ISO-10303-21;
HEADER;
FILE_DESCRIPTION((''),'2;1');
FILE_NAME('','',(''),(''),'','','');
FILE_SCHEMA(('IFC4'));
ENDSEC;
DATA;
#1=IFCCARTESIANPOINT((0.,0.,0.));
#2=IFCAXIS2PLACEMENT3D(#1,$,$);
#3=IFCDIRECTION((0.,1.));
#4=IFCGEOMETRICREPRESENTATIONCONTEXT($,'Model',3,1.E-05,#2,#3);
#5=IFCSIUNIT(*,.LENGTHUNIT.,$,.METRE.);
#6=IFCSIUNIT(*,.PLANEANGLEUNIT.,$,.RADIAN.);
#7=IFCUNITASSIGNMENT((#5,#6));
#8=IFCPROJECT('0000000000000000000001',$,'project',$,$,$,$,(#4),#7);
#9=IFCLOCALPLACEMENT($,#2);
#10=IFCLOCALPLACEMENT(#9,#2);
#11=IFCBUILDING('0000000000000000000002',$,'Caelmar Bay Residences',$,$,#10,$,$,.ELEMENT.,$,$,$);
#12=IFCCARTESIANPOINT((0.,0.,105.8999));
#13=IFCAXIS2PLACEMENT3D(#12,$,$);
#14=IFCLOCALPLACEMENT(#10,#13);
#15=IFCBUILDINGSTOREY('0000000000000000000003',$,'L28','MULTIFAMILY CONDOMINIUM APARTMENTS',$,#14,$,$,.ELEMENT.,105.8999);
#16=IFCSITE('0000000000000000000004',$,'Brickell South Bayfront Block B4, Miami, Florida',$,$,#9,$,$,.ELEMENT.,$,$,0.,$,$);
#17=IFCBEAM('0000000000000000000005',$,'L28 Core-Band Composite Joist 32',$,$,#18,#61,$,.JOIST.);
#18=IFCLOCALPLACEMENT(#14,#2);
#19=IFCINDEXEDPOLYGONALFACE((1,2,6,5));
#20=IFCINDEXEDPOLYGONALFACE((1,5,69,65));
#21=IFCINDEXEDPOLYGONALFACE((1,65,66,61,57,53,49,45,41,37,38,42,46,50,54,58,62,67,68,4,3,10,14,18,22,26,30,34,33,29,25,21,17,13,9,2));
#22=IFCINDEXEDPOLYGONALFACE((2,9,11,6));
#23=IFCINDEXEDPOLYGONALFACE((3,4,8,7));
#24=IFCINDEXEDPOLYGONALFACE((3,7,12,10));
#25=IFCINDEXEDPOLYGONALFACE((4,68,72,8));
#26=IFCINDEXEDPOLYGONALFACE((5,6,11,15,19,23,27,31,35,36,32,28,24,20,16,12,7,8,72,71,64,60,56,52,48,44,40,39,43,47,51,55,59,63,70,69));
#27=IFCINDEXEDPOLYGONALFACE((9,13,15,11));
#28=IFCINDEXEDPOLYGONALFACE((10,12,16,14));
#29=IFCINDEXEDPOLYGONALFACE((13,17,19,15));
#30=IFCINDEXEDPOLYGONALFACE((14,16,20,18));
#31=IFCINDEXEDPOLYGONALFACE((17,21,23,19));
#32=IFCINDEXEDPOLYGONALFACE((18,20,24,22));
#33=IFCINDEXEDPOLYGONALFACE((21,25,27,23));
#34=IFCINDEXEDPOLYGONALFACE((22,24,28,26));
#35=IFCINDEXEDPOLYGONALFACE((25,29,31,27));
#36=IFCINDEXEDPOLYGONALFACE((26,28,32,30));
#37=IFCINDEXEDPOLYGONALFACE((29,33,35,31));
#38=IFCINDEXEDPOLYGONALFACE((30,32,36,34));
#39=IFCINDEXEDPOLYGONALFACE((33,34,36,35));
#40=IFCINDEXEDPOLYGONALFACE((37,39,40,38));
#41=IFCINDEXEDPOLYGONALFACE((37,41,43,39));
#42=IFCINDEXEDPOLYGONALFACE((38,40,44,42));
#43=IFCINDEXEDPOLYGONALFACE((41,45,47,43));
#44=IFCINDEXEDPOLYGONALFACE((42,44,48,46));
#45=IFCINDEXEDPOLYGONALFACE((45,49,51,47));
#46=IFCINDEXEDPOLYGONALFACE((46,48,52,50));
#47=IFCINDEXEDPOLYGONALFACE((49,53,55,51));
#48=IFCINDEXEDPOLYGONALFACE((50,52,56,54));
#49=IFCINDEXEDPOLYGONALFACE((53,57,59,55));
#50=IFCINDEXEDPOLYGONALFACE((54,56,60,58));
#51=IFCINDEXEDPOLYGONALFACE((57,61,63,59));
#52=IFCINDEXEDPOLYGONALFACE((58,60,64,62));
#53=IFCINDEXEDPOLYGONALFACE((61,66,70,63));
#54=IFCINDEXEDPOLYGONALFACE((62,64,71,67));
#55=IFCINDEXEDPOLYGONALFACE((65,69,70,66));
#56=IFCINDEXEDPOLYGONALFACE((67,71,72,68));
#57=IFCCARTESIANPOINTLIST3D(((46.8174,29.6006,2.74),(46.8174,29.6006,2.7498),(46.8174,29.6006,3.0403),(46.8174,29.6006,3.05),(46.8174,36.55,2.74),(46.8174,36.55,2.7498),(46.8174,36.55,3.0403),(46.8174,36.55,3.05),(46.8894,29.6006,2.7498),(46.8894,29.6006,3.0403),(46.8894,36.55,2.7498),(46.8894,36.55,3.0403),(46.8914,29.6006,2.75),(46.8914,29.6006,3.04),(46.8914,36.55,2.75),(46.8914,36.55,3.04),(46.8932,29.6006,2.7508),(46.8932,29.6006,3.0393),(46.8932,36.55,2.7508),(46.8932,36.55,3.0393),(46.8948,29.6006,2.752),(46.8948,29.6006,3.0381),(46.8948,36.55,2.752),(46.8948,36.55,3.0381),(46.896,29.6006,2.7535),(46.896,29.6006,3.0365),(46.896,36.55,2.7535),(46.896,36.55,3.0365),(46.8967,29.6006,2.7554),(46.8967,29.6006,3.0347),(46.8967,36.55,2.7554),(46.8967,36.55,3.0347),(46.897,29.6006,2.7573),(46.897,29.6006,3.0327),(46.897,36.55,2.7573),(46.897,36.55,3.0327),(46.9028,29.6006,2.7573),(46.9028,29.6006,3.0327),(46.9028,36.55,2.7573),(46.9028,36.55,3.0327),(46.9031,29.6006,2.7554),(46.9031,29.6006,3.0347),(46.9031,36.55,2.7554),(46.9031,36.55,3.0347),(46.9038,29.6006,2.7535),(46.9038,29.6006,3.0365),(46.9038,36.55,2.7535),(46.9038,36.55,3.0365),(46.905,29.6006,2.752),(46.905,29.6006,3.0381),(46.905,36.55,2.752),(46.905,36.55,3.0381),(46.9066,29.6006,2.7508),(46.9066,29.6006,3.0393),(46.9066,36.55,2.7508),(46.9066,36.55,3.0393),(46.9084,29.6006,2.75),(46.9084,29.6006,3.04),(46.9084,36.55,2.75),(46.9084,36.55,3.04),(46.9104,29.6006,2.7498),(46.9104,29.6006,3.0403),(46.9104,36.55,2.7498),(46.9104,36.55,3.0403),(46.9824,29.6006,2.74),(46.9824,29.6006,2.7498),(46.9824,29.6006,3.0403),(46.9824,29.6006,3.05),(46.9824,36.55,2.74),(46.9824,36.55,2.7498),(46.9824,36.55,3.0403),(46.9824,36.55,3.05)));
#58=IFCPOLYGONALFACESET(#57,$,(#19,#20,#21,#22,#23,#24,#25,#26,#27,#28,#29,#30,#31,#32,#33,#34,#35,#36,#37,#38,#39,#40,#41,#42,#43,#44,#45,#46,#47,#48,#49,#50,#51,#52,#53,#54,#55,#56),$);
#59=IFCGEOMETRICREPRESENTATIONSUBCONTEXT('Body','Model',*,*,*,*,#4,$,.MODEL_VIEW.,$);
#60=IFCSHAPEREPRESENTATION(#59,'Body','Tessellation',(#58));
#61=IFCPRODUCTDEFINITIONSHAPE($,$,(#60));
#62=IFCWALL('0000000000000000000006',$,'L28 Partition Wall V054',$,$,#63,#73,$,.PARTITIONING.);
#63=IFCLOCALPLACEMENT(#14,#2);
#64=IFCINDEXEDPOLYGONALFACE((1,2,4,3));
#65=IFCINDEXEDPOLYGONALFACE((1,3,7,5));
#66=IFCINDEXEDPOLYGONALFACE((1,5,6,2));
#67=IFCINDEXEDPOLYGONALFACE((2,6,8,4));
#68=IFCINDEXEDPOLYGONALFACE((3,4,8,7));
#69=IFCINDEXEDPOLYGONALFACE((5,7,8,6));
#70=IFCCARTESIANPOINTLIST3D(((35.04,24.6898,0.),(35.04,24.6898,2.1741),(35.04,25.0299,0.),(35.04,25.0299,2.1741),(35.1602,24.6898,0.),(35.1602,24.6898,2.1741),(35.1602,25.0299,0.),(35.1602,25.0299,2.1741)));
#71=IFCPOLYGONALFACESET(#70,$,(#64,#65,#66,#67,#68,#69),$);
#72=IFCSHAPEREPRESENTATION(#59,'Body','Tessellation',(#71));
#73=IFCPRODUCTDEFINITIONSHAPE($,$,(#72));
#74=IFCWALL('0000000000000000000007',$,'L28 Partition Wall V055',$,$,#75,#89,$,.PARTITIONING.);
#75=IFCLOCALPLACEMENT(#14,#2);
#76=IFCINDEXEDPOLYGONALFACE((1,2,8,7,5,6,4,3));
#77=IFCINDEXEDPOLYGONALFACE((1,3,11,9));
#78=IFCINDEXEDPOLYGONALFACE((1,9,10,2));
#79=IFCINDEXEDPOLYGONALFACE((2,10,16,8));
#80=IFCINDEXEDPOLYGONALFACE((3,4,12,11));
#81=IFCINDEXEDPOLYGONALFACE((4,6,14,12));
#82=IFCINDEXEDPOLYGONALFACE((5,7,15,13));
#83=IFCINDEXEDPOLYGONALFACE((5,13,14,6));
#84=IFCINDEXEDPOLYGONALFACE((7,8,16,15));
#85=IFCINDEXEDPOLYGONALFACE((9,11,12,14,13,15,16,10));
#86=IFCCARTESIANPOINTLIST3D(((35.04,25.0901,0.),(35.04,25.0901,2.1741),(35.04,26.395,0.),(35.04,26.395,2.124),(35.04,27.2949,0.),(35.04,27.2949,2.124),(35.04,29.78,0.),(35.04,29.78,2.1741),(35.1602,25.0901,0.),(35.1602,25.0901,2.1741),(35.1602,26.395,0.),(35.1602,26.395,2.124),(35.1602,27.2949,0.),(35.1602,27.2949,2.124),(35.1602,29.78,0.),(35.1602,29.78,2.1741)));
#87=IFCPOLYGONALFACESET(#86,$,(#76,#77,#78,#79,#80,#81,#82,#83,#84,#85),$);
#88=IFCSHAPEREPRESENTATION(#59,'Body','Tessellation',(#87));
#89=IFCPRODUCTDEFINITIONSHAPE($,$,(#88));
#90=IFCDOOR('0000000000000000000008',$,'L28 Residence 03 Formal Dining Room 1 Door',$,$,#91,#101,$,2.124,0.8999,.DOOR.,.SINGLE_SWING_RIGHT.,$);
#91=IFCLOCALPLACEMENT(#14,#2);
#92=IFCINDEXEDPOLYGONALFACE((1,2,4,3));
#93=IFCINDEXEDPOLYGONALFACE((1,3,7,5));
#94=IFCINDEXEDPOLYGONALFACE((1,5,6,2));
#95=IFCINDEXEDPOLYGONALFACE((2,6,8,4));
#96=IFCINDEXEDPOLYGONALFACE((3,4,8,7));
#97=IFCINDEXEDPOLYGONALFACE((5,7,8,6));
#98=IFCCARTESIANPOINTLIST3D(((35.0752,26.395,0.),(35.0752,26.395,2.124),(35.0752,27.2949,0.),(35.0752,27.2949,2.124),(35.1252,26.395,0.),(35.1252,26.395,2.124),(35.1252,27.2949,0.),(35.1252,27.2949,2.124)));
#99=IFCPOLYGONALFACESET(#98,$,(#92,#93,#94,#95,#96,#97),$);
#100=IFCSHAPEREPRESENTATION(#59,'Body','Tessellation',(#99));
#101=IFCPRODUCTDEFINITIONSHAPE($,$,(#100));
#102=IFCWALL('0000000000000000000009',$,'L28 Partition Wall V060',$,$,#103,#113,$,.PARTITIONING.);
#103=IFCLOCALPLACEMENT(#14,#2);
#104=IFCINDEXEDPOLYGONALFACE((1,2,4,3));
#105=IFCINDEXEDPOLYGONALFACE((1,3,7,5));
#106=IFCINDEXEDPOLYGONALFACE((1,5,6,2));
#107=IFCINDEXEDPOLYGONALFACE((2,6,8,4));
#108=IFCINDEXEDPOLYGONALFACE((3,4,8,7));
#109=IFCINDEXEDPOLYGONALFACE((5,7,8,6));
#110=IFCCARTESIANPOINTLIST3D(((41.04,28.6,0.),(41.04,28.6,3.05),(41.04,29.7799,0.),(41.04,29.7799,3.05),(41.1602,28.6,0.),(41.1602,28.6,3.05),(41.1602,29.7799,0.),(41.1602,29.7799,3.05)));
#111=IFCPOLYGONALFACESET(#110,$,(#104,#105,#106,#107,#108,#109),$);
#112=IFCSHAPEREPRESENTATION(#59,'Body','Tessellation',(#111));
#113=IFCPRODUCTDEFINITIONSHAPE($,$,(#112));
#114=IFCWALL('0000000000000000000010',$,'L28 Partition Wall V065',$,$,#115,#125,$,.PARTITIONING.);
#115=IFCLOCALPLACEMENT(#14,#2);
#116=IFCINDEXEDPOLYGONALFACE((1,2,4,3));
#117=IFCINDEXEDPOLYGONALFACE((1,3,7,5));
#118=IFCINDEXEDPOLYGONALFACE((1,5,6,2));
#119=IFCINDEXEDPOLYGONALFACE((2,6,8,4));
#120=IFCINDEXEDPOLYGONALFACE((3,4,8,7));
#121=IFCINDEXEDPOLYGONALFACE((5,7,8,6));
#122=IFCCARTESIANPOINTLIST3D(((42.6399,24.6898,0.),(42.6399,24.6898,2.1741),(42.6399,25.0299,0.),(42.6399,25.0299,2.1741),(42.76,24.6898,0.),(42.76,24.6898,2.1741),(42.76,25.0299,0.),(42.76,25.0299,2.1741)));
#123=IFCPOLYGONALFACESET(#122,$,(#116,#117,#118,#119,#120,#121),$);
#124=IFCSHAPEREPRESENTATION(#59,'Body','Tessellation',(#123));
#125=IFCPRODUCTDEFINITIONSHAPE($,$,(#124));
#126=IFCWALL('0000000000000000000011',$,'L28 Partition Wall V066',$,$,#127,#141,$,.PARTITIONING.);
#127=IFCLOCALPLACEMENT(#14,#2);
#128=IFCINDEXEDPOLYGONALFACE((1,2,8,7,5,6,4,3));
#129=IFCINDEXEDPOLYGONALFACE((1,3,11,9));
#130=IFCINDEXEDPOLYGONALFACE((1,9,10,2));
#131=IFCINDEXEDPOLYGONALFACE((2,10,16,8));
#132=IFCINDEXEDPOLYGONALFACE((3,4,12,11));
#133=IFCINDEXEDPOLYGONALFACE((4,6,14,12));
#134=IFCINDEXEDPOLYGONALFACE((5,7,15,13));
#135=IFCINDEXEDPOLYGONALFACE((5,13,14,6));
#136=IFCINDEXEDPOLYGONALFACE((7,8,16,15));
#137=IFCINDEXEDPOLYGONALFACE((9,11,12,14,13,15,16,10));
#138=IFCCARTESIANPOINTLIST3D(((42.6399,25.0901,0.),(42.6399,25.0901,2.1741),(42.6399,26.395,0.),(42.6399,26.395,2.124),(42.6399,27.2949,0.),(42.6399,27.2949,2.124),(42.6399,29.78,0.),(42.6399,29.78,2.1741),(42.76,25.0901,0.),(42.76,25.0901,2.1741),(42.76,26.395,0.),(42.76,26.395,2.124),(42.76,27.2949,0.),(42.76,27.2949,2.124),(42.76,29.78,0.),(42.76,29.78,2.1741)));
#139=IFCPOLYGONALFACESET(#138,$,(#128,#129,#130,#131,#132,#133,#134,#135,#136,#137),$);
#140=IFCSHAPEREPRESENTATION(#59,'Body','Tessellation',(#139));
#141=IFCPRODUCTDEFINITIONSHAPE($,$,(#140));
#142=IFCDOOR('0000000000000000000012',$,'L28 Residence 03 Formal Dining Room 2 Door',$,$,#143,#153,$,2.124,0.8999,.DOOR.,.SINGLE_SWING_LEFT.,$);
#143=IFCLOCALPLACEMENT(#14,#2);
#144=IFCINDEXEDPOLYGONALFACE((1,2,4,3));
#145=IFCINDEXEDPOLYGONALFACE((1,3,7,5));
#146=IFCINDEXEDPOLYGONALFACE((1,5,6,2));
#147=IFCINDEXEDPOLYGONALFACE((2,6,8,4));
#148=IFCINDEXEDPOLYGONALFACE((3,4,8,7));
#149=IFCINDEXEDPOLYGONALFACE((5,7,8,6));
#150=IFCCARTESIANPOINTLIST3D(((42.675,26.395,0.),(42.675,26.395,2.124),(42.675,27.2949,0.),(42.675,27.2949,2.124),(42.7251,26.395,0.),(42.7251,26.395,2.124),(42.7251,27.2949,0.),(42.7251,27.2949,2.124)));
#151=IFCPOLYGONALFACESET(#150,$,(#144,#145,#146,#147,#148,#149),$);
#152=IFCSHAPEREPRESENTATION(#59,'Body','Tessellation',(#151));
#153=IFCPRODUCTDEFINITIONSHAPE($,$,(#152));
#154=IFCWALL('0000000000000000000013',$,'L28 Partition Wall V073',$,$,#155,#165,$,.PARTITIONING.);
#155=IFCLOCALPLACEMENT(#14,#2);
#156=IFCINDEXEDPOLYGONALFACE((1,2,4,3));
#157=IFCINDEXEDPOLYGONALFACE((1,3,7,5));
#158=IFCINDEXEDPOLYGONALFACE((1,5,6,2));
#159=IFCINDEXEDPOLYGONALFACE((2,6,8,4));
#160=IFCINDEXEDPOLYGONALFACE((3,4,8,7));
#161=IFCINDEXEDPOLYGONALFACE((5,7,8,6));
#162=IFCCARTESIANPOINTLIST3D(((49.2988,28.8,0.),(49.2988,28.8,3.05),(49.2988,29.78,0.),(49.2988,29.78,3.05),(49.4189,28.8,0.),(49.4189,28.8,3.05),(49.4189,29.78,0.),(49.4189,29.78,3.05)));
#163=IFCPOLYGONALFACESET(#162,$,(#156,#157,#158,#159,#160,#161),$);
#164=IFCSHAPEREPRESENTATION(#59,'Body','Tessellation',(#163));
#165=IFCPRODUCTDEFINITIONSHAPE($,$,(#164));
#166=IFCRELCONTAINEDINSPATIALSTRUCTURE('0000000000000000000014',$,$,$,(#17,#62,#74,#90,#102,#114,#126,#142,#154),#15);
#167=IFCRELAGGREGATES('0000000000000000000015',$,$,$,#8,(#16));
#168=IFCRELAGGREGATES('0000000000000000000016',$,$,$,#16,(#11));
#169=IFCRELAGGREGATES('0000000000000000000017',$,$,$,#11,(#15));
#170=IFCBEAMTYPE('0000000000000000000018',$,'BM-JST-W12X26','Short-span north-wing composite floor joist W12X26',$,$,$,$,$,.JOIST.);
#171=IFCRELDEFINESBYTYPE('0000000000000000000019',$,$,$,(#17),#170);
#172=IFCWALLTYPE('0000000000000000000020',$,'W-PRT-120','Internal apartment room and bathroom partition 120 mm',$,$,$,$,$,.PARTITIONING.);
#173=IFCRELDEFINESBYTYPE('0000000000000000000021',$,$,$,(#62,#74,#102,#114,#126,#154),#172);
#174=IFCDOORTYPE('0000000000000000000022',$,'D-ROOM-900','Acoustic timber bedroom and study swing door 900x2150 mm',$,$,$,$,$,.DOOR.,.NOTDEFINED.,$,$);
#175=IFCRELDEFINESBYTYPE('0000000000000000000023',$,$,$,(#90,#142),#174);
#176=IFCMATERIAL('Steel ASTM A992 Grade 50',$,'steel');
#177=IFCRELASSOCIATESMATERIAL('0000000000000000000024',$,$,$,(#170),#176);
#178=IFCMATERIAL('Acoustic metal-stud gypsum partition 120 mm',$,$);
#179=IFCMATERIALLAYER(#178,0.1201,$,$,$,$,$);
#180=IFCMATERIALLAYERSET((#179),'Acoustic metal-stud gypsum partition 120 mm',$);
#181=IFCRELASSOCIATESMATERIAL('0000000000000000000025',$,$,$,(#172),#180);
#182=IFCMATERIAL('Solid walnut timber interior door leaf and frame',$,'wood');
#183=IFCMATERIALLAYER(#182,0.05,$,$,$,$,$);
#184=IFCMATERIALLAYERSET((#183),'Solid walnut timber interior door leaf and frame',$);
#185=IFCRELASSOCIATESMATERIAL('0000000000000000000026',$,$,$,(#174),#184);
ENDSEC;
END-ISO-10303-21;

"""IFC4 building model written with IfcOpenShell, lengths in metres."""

from ifc_helpers import new_model, si_unit, direction, frame, frame_2d, origin, origin_2d, place, context, subcontext, project, spatial, rectangle, i_section, extrude, material, layer, layer_set, material_profile, profile_set, type_object, element, fill, save


model = new_model("IFC4")

# Units and contexts
model_context = context("Model", 3, precision=1e-05, world=origin(), true_north=direction((0.0, 1.0)))
body_context = subcontext(model_context, "Body", "Model", "MODEL_VIEW")
ifc_project = project(units=[si_unit("LENGTHUNIT", "METRE"), si_unit("PLANEANGLEUNIT", "RADIAN")], contexts=[model_context])

# Site, building, storey
site_placement = place(None, origin())
site = spatial("IfcSite", under=ifc_project, at=site_placement, Name="Brickell South Bayfront Block B4, Miami, Florida", CompositionType="ELEMENT", RefElevation=0.0)
building_placement = place(site_placement, origin())
building = spatial("IfcBuilding", under=site, at=building_placement, Name="Caelmar Bay Residences", CompositionType="ELEMENT")
storey_placement = place(building_placement, frame((0.0, 0.0, 105.8999)))
storey = spatial("IfcBuildingStorey", under=building, at=storey_placement, Name="L28", Description="MULTIFAMILY CONDOMINIUM APARTMENTS", CompositionType="ELEMENT", Elevation=105.8999)

# Beam
ifc_material_1 = material(Name="Steel ASTM A992 Grade 50", Category="steel")
ifc_material_profile_1 = material_profile(ifc_material_1, i_section(OverallWidth=0.165, OverallDepth=0.3101, WebThickness=0.0059, FlangeThickness=0.0098, FilletRadius=0.0076, at=origin_2d()), Name="W12X26")
ifc_profile_set_1 = profile_set([ifc_material_profile_1], Name="Steel ASTM A992 Grade 50")
beam_type_1 = type_object("IfcBeamType", Name="BM-JST-W12X26", Description="Short-span north-wing composite floor joist W12X26", PredefinedType="JOIST", material=ifc_profile_set_1)
for number, where, z_axis, x_axis, name in (
    (1, (46.8999, 29.6006, 2.895), (0.0, 1.0, 0.0), (-1.0, 0.0, 0.0), "L28 Core-Band Composite Joist 32"),
):
    element("IfcBeam", number, at=place(storey_placement, frame(where, z_axis=z_axis, x_axis=x_axis)), inside=storey, type_object=beam_type_1, Name=name, PredefinedType="JOIST", context=body_context, shape_type="SweptSolid", body=[
        extrude(i_section(OverallWidth=0.165, OverallDepth=0.3101, WebThickness=0.0059, FlangeThickness=0.0098, FilletRadius=0.0076, at=origin_2d()), origin(), (0.0, 0.0, 1.0), 6.9495),
    ])

# Wall
ifc_material_2 = material(Name="Acoustic metal-stud gypsum partition 120 mm")
ifc_layer_1 = layer(ifc_material_2, 0.1201)
ifc_layer_set_1 = layer_set([ifc_layer_1], Name="Acoustic metal-stud gypsum partition 120 mm")
wall_type = type_object("IfcWallType", Name="W-PRT-120", Description="Internal apartment room and bathroom partition 120 mm", PredefinedType="PARTITIONING", material=ifc_layer_set_1)
wall_1_placement = place(storey_placement, frame((35.1001, 24.6899, 0.0), z_axis=(0.0, 0.0, 1.0), x_axis=(0.0, 1.0, 0.0)))
element("IfcWall", 2, at=wall_1_placement, inside=storey, type_object=wall_type, Name="L28 Partition Wall V054", PredefinedType="PARTITIONING", context=body_context, shape_type="SweptSolid", body=[
    extrude(rectangle(XDim=0.3401, YDim=0.1201, at=frame_2d((0.1699, 0.0))), origin(), (0.0, 0.0, 1.0), 2.1741),
])

# Wall, opening, door
wall_2_placement = place(storey_placement, frame((35.1001, 25.0901, 0.0), z_axis=(0.0, 0.0, 1.0), x_axis=(0.0, 1.0, 0.0)))
wall_2 = element("IfcWall", 3, at=wall_2_placement, inside=storey, type_object=wall_type, Name="L28 Partition Wall V055", PredefinedType="PARTITIONING", context=body_context, shape_type="SweptSolid", body=[
    extrude(rectangle(XDim=4.6899, YDim=0.1201, at=frame_2d((2.345, 0.0))), origin(), (0.0, 0.0, 1.0), 2.1741),
])
opening_1_placement = place(wall_2_placement, frame((1.3049, 0.0, 0.0)))
opening_1 = element("IfcOpeningElement", 4, at=opening_1_placement, cuts=wall_2, PredefinedType="OPENING", context=body_context, shape_type="SweptSolid", body=[
    extrude(rectangle(XDim=0.8999, YDim=2.124, at=frame_2d((0.45, 1.062))), frame((0.0, 0.0701, 0.0), z_axis=(0.0, -1.0, 0.0), x_axis=(1.0, 0.0, 0.0)), (0.0, 0.0, 1.0), 0.1401),
])
ifc_material_3 = material(Name="Solid walnut timber interior door leaf and frame", Category="wood")
ifc_layer_2 = layer(ifc_material_3, 0.05)
ifc_layer_set_2 = layer_set([ifc_layer_2], Name="Solid walnut timber interior door leaf and frame")
door_type = type_object("IfcDoorType", Name="D-ROOM-900", Description="Acoustic timber bedroom and study swing door 900x2150 mm", OperationType="NOTDEFINED", PredefinedType="DOOR", material=ifc_layer_set_2)
door_1_placement = place(opening_1_placement, origin())
door_1 = element("IfcDoor", 5, at=door_1_placement, inside=storey, type_object=door_type, Name="L28 Residence 03 Formal Dining Room 1 Door", OperationType="SINGLE_SWING_RIGHT", OverallHeight=2.124, OverallWidth=0.8999, PredefinedType="DOOR", context=body_context, shape_type="SweptSolid", body=[
    extrude(rectangle(XDim=0.8999, YDim=2.124, at=frame_2d((0.45, 1.062))), frame((0.0, 0.0249, 0.0), z_axis=(0.0, -1.0, 0.0), x_axis=(1.0, 0.0, 0.0)), (0.0, 0.0, 1.0), 0.05),
])
fill(opening_1, door_1)

# Walls
wall_3_placement = place(storey_placement, frame((41.1001, 28.6001, 0.0), z_axis=(0.0, 0.0, 1.0), x_axis=(0.0, 1.0, 0.0)))
element("IfcWall", 6, at=wall_3_placement, inside=storey, type_object=wall_type, Name="L28 Partition Wall V060", PredefinedType="PARTITIONING", context=body_context, shape_type="SweptSolid", body=[
    extrude(rectangle(XDim=1.1799, YDim=0.1201, at=frame_2d((0.5898, 0.0))), origin(), (0.0, 0.0, 1.0), 3.05),
])
wall_4_placement = place(storey_placement, frame((42.7, 24.6899, 0.0), z_axis=(0.0, 0.0, 1.0), x_axis=(0.0, 1.0, 0.0)))
element("IfcWall", 7, at=wall_4_placement, inside=storey, type_object=wall_type, Name="L28 Partition Wall V065", PredefinedType="PARTITIONING", context=body_context, shape_type="SweptSolid", body=[
    extrude(rectangle(XDim=0.3401, YDim=0.1201, at=frame_2d((0.1699, 0.0))), origin(), (0.0, 0.0, 1.0), 2.1741),
])

# Wall, opening, door
wall_5_placement = place(storey_placement, frame((42.7, 25.0901, 0.0), z_axis=(0.0, 0.0, 1.0), x_axis=(0.0, 1.0, 0.0)))
wall_5 = element("IfcWall", 8, at=wall_5_placement, inside=storey, type_object=wall_type, Name="L28 Partition Wall V066", PredefinedType="PARTITIONING", context=body_context, shape_type="SweptSolid", body=[
    extrude(rectangle(XDim=4.6899, YDim=0.1201, at=frame_2d((2.345, 0.0))), origin(), (0.0, 0.0, 1.0), 2.1741),
])
opening_2_placement = place(wall_5_placement, frame((1.3049, 0.0, 0.0)))
opening_2 = element("IfcOpeningElement", 9, at=opening_2_placement, cuts=wall_5, PredefinedType="OPENING", context=body_context, shape_type="SweptSolid", body=[
    extrude(rectangle(XDim=0.8999, YDim=2.124, at=frame_2d((0.45, 1.062))), frame((0.0, 0.0701, 0.0), z_axis=(0.0, -1.0, 0.0), x_axis=(1.0, 0.0, 0.0)), (0.0, 0.0, 1.0), 0.1401),
])
door_2_placement = place(opening_2_placement, origin())
door_2 = element("IfcDoor", 10, at=door_2_placement, inside=storey, type_object=door_type, Name="L28 Residence 03 Formal Dining Room 2 Door", OperationType="SINGLE_SWING_LEFT", OverallHeight=2.124, OverallWidth=0.8999, PredefinedType="DOOR", context=body_context, shape_type="SweptSolid", body=[
    extrude(rectangle(XDim=0.8999, YDim=2.124, at=frame_2d((0.45, 1.062))), frame((0.0, 0.0249, 0.0), z_axis=(0.0, -1.0, 0.0), x_axis=(1.0, 0.0, 0.0)), (0.0, 0.0, 1.0), 0.05),
])
fill(opening_2, door_2)

# Wall
wall_6_placement = place(storey_placement, frame((49.3589, 28.8, 0.0), z_axis=(0.0, 0.0, 1.0), x_axis=(0.0, 1.0, 0.0)))
element("IfcWall", 11, at=wall_6_placement, inside=storey, type_object=wall_type, Name="L28 Partition Wall V073", PredefinedType="PARTITIONING", context=body_context, shape_type="SweptSolid", body=[
    extrude(rectangle(XDim=0.98, YDim=0.1201, at=frame_2d((0.49, 0.0))), origin(), (0.0, 0.0, 1.0), 3.05),
])

save(model, "model.ifc")
